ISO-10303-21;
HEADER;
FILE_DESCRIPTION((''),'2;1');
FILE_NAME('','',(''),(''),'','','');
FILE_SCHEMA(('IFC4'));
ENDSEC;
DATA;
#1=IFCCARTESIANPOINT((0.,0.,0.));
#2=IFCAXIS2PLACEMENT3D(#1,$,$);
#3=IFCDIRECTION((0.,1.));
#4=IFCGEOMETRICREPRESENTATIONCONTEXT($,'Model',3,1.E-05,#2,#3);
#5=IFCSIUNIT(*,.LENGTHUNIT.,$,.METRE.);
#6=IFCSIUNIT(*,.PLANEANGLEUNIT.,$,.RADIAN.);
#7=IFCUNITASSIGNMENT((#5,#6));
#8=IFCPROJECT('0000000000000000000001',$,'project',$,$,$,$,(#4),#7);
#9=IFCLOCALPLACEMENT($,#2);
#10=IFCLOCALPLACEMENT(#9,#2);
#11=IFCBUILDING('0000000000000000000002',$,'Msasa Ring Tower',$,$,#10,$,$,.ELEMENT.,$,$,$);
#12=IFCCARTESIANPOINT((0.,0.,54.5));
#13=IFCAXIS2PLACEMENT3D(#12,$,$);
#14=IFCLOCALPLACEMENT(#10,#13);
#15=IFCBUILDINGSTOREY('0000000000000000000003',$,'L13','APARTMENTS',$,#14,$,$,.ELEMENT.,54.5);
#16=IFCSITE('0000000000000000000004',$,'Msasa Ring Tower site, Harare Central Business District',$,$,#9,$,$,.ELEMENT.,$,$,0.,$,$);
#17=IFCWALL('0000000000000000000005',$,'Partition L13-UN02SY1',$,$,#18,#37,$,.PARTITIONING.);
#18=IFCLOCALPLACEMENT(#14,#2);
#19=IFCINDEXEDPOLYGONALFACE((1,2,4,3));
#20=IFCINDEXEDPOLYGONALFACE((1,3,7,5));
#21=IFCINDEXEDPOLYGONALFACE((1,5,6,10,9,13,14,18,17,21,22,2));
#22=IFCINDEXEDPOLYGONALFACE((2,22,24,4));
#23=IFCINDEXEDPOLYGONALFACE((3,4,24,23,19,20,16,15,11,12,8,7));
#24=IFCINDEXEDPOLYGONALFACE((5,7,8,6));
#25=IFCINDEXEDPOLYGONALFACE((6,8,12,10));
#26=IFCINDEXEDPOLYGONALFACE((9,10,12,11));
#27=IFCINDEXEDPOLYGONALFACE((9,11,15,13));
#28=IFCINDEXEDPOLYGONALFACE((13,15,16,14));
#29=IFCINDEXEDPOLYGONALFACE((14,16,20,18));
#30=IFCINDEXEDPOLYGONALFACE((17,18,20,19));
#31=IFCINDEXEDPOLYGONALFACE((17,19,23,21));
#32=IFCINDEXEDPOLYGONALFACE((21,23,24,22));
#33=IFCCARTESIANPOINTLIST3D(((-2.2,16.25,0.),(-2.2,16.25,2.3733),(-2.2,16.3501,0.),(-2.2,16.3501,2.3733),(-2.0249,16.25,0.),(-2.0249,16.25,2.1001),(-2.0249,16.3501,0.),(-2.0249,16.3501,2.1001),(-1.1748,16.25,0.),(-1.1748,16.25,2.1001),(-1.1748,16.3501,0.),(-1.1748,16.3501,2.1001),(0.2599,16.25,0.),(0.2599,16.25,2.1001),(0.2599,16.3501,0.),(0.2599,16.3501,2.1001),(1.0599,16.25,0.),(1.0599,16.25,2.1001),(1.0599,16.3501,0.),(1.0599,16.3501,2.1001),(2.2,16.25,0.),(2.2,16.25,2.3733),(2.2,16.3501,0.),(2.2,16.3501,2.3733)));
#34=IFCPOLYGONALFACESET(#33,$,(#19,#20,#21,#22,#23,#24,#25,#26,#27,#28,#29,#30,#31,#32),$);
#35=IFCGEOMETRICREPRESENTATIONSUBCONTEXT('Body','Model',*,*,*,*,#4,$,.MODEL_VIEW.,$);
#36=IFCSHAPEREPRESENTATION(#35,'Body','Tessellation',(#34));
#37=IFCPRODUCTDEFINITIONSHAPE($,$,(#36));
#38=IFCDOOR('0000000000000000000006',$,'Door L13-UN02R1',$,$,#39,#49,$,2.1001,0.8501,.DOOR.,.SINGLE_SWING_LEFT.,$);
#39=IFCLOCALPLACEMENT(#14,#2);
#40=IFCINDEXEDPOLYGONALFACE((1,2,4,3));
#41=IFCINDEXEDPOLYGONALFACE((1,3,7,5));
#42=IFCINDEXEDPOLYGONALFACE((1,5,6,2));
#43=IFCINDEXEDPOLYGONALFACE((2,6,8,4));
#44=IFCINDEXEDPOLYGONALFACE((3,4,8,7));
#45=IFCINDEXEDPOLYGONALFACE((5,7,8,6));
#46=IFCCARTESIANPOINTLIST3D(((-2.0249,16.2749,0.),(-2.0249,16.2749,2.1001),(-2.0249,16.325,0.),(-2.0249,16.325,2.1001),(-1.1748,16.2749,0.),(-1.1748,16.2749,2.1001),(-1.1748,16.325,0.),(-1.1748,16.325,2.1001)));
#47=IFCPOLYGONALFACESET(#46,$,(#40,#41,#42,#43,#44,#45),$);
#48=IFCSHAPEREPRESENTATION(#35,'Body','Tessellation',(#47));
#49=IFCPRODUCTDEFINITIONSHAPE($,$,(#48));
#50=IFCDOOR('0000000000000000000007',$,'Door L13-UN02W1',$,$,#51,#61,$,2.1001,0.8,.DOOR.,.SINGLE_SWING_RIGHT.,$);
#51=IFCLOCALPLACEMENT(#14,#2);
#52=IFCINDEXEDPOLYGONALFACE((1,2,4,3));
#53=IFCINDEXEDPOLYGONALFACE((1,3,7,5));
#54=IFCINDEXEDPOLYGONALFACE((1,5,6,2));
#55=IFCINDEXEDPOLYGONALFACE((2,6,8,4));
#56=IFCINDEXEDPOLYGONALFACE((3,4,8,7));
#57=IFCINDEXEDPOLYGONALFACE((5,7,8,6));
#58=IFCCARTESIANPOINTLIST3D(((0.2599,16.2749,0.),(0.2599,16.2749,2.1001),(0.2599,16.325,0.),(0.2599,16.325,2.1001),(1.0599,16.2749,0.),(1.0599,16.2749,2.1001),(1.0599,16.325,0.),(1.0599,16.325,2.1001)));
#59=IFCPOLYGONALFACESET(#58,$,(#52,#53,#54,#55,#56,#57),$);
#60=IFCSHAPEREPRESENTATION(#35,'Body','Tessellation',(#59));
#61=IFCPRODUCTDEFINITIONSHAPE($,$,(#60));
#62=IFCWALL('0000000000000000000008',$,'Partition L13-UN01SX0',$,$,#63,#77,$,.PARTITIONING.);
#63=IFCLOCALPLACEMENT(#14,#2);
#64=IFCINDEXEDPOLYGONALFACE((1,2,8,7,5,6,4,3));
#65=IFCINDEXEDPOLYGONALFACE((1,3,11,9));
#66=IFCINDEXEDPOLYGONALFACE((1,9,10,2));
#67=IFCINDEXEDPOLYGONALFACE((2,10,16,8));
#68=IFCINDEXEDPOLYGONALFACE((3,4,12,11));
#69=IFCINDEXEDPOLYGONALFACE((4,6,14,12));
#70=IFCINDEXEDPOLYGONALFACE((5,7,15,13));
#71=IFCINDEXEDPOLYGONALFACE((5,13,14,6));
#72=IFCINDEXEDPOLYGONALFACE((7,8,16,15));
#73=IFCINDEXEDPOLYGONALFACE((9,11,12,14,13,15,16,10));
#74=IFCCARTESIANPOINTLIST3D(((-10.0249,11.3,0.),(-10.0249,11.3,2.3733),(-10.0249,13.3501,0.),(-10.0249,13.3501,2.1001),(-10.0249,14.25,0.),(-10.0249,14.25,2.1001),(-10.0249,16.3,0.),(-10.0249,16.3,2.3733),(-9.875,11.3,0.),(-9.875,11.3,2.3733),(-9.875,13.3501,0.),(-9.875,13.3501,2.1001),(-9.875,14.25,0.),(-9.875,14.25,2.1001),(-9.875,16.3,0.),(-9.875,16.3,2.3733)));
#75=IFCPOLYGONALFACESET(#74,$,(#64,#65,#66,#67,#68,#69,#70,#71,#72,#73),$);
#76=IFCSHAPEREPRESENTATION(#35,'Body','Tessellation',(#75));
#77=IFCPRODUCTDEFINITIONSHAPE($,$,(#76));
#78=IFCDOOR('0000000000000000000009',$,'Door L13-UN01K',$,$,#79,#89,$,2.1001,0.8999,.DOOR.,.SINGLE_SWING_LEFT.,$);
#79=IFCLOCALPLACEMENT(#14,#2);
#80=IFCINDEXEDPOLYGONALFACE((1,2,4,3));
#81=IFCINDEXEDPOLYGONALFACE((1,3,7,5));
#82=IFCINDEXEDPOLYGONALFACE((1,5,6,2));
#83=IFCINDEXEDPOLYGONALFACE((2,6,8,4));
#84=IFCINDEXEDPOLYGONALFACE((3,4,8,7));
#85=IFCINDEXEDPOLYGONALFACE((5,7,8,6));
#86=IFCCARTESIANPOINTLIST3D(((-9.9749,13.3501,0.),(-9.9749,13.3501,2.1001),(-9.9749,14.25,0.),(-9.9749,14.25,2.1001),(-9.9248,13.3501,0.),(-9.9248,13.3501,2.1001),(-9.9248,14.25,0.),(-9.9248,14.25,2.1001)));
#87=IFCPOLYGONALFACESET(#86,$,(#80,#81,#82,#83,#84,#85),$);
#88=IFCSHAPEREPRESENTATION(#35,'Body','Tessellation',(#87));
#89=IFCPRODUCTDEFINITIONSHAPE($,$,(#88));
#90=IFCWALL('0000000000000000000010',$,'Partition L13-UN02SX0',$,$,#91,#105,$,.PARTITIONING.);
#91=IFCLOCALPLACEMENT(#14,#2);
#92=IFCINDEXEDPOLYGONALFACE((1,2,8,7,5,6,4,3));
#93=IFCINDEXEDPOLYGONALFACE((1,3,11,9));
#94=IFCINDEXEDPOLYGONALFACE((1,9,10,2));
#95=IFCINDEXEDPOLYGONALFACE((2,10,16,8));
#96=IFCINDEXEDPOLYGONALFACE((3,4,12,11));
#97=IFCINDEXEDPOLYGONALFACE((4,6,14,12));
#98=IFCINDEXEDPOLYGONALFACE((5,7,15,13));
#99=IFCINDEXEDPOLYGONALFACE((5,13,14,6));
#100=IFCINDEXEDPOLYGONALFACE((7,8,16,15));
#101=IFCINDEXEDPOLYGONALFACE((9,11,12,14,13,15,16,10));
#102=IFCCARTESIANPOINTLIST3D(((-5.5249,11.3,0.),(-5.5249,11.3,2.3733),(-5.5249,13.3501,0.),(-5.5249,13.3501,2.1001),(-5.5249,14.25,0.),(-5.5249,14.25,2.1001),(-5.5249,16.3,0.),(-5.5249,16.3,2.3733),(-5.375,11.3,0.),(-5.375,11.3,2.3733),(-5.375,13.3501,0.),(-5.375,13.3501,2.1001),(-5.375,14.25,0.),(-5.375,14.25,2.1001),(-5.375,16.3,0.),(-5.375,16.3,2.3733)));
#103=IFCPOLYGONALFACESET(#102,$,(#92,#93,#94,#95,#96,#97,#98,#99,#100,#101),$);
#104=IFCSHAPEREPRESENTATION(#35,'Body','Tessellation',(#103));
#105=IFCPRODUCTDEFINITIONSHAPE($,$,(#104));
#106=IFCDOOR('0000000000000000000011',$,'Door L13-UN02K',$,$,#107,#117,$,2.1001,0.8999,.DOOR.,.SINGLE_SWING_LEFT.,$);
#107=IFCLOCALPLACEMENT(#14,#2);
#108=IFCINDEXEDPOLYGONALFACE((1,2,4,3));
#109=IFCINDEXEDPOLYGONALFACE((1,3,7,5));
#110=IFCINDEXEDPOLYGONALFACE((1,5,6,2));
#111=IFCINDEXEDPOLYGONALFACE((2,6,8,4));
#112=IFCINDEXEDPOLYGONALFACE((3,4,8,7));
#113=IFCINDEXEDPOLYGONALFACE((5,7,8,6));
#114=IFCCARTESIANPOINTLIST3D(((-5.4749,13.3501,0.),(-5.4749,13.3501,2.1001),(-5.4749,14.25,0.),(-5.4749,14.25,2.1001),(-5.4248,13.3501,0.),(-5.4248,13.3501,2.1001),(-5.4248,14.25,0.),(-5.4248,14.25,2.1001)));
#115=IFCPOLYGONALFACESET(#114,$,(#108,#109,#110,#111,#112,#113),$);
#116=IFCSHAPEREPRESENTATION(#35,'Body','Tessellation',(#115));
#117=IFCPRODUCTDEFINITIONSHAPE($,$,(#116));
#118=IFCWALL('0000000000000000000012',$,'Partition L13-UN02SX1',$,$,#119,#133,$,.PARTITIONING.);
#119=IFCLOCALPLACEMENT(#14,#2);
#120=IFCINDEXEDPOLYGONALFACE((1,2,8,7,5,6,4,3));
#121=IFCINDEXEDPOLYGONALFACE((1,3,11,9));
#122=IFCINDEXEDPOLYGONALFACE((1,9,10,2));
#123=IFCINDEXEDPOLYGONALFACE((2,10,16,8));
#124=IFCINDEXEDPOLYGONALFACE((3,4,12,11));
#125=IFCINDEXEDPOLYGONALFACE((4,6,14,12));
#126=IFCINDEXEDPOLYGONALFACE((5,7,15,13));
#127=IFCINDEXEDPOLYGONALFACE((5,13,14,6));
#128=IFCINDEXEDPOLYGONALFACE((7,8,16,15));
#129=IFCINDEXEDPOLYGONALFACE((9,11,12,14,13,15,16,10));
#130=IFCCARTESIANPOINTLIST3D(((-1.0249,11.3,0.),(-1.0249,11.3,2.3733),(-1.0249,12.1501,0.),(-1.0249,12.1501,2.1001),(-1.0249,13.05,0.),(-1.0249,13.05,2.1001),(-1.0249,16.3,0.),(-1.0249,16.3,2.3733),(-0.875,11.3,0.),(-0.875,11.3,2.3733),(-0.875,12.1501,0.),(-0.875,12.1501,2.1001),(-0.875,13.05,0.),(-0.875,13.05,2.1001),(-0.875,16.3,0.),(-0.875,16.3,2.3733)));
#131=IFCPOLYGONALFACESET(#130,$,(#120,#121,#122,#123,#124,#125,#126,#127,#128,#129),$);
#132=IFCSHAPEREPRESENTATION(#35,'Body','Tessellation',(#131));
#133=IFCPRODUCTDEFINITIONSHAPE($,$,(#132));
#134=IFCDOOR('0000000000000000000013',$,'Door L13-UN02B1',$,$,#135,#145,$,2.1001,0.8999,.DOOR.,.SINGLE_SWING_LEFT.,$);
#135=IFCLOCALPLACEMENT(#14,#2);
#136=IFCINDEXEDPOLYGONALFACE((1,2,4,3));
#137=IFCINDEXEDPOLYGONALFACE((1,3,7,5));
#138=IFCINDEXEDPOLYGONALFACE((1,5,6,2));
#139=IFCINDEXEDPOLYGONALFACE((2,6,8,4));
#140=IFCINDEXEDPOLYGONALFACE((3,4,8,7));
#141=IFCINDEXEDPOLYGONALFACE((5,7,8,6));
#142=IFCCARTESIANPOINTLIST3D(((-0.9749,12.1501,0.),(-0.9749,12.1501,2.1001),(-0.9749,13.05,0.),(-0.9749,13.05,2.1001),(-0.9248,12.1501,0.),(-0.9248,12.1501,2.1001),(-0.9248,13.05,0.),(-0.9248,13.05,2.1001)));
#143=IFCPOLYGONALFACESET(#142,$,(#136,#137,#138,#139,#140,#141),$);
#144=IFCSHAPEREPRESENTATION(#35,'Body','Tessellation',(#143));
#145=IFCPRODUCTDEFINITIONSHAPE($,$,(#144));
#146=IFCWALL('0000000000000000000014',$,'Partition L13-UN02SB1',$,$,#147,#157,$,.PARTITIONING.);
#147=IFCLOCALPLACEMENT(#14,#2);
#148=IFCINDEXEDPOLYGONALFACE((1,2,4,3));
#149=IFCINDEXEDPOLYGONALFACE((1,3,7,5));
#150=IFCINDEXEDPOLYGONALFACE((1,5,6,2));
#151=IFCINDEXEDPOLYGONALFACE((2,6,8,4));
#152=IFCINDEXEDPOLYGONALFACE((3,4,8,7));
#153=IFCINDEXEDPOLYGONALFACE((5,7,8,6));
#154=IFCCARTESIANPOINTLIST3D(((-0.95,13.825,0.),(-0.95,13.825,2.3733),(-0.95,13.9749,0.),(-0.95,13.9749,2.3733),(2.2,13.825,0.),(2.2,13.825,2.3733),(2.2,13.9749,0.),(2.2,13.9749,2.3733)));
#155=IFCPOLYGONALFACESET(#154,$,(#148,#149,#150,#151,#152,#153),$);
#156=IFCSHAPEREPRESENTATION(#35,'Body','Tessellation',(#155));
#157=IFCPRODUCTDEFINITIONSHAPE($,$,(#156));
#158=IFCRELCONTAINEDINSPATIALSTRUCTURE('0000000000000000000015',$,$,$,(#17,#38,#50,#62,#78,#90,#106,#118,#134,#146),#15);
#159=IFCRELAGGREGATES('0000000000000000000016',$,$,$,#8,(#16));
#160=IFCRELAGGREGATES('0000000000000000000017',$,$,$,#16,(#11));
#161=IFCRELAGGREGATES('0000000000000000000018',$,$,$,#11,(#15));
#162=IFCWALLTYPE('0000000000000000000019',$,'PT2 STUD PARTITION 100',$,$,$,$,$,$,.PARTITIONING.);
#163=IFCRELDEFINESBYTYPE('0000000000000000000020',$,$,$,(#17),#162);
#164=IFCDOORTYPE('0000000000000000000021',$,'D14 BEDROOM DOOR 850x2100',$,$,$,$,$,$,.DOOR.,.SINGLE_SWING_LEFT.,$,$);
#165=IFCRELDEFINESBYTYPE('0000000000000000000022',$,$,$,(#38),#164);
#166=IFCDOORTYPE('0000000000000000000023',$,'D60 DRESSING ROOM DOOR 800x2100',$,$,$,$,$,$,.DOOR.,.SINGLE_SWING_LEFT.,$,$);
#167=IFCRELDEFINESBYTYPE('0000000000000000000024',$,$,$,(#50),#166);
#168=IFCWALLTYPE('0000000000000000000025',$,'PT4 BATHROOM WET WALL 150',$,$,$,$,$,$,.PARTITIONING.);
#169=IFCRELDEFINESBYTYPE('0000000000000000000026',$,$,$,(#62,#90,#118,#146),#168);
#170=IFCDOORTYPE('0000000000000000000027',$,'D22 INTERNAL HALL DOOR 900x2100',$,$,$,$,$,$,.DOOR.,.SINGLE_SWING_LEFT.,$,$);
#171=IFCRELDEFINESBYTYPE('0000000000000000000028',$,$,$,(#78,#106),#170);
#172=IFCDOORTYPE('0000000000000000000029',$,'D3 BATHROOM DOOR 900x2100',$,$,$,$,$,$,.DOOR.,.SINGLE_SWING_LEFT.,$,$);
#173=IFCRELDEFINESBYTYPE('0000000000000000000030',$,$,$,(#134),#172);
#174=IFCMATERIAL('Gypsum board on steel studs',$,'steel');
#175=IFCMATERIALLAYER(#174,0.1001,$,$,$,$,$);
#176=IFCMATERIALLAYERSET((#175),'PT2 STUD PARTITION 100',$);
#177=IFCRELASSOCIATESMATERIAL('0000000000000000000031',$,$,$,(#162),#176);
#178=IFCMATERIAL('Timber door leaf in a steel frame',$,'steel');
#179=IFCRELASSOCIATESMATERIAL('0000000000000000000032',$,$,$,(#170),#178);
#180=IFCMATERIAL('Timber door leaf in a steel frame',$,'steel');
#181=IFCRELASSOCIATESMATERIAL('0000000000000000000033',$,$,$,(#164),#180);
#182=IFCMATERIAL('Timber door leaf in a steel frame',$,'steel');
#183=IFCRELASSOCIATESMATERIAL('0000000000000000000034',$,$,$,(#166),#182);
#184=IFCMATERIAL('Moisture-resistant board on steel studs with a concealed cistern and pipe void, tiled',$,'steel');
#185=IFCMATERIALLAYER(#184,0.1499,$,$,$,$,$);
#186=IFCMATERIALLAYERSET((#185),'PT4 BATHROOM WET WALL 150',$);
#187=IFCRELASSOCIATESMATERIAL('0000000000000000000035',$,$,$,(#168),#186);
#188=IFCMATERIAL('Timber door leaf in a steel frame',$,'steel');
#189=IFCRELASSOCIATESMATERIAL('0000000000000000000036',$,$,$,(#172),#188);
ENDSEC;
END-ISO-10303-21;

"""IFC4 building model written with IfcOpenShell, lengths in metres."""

from ifc_helpers import new_model, si_unit, direction, frame, frame_2d, origin, place, context, subcontext, project, spatial, rectangle, extrude, material, layer, layer_set, type_object, element, fill, save


model = new_model("IFC4")

# Units and contexts
model_context = context("Model", 3, precision=1e-05, world=origin(), true_north=direction((0.0, 1.0)))
body_context = subcontext(model_context, "Body", "Model", "MODEL_VIEW")
ifc_project = project(units=[si_unit("LENGTHUNIT", "METRE"), si_unit("PLANEANGLEUNIT", "RADIAN")], contexts=[model_context])

# Site, building, storey
site_placement = place(None, origin())
site = spatial("IfcSite", under=ifc_project, at=site_placement, Name="Msasa Ring Tower site, Harare Central Business District", CompositionType="ELEMENT", RefElevation=0.0)
building_placement = place(site_placement, origin())
building = spatial("IfcBuilding", under=site, at=building_placement, Name="Msasa Ring Tower", CompositionType="ELEMENT")
storey_placement = place(building_placement, frame((0.0, 0.0, 54.5)))
storey = spatial("IfcBuildingStorey", under=building, at=storey_placement, Name="L13", Description="APARTMENTS", CompositionType="ELEMENT", Elevation=54.5)

# Shared definitions
ifc_material_1 = material(Name="Gypsum board on steel studs", Category="steel")
ifc_layer_1 = layer(ifc_material_1, 0.1001)
ifc_layer_set_1 = layer_set([ifc_layer_1], Name="PT2 STUD PARTITION 100")
wall_type_1 = type_object("IfcWallType", Name="PT2 STUD PARTITION 100", PredefinedType="PARTITIONING", material=ifc_layer_set_1)
ifc_material_2 = material(Name="Timber door leaf in a steel frame", Category="steel")
door_type_1 = type_object("IfcDoorType", Name="D22 INTERNAL HALL DOOR 900x2100", OperationType="SINGLE_SWING_LEFT", PredefinedType="DOOR", material=ifc_material_2)

# Wall, openings, doors
wall_1_placement = place(storey_placement, frame((-2.2, 16.3, 0.0), z_axis=(0.0, 0.0, 1.0), x_axis=(1.0, 0.0, 0.0)))
wall_1 = element("IfcWall", 1, at=wall_1_placement, inside=storey, type_object=wall_type_1, Name="Partition L13-UN02SY1", PredefinedType="PARTITIONING", context=body_context, shape_type="SweptSolid", body=[
    extrude(rectangle(XDim=4.3999, YDim=0.1001, at=frame_2d((2.2, 0.0))), origin(), (0.0, 0.0, 1.0), 2.3733),
])
opening_1_placement = place(wall_1_placement, frame((0.175, 0.0, 0.0)))
opening_1 = element("IfcOpeningElement", 2, at=opening_1_placement, cuts=wall_1, PredefinedType="OPENING", context=body_context, shape_type="SweptSolid", body=[
    extrude(rectangle(XDim=0.8501, YDim=2.1001, at=frame_2d((0.425, 1.05))), frame((0.0, 0.0601, 0.0), z_axis=(0.0, -1.0, 0.0), x_axis=(1.0, 0.0, 0.0)), (0.0, 0.0, 1.0), 0.1201),
])
opening_2_placement = place(wall_1_placement, frame((2.46, 0.0, 0.0)))
opening_2 = element("IfcOpeningElement", 3, at=opening_2_placement, cuts=wall_1, PredefinedType="OPENING", context=body_context, shape_type="SweptSolid", body=[
    extrude(rectangle(XDim=0.8, YDim=2.1001, at=frame_2d((0.3999, 1.05))), frame((0.0, 0.0601, 0.0), z_axis=(0.0, -1.0, 0.0), x_axis=(1.0, 0.0, 0.0)), (0.0, 0.0, 1.0), 0.1201),
])
ifc_material_3 = material(Name="Timber door leaf in a steel frame", Category="steel")
door_type_2 = type_object("IfcDoorType", Name="D14 BEDROOM DOOR 850x2100", OperationType="SINGLE_SWING_LEFT", PredefinedType="DOOR", material=ifc_material_3)
door_1_placement = place(opening_1_placement, origin())
door_1 = element("IfcDoor", 4, at=door_1_placement, inside=storey, type_object=door_type_2, Name="Door L13-UN02R1", OperationType="SINGLE_SWING_LEFT", OverallHeight=2.1001, OverallWidth=0.8501, PredefinedType="DOOR", context=body_context, shape_type="SweptSolid", body=[
    extrude(rectangle(XDim=0.8501, YDim=2.1001, at=frame_2d((0.425, 1.05))), frame((0.0, 0.0249, 0.0), z_axis=(0.0, -1.0, 0.0), x_axis=(1.0, 0.0, 0.0)), (0.0, 0.0, 1.0), 0.05),
])
fill(opening_1, door_1)
ifc_material_4 = material(Name="Timber door leaf in a steel frame", Category="steel")
door_type_3 = type_object("IfcDoorType", Name="D60 DRESSING ROOM DOOR 800x2100", OperationType="SINGLE_SWING_LEFT", PredefinedType="DOOR", material=ifc_material_4)
door_2_placement = place(opening_2_placement, origin())
door_2 = element("IfcDoor", 5, at=door_2_placement, inside=storey, type_object=door_type_3, Name="Door L13-UN02W1", OperationType="SINGLE_SWING_RIGHT", OverallHeight=2.1001, OverallWidth=0.8, PredefinedType="DOOR", context=body_context, shape_type="SweptSolid", body=[
    extrude(rectangle(XDim=0.8, YDim=2.1001, at=frame_2d((0.3999, 1.05))), frame((0.0, 0.0249, 0.0), z_axis=(0.0, -1.0, 0.0), x_axis=(1.0, 0.0, 0.0)), (0.0, 0.0, 1.0), 0.05),
])
fill(opening_2, door_2)

# Walls, openings, doors
ifc_material_5 = material(Name="Moisture-resistant board on steel studs with a concealed cistern and pipe void, tiled", Category="steel")
ifc_layer_2 = layer(ifc_material_5, 0.1499)
ifc_layer_set_2 = layer_set([ifc_layer_2], Name="PT4 BATHROOM WET WALL 150")
wall_type_2 = type_object("IfcWallType", Name="PT4 BATHROOM WET WALL 150", PredefinedType="PARTITIONING", material=ifc_layer_set_2)
wall_2_placement = place(storey_placement, frame((-9.95, 11.3, 0.0), z_axis=(0.0, 0.0, 1.0), x_axis=(0.0, 1.0, 0.0)))
wall_2 = element("IfcWall", 6, at=wall_2_placement, inside=storey, type_object=wall_type_2, Name="Partition L13-UN01SX0", PredefinedType="PARTITIONING", context=body_context, shape_type="SweptSolid", body=[
    extrude(rectangle(XDim=5.0, YDim=0.1499, at=frame_2d((2.5, 0.0))), origin(), (0.0, 0.0, 1.0), 2.3733),
])
opening_3_placement = place(wall_2_placement, frame((2.05, 0.0, 0.0)))
opening_3 = element("IfcOpeningElement", 7, at=opening_3_placement, cuts=wall_2, PredefinedType="OPENING", context=body_context, shape_type="SweptSolid", body=[
    extrude(rectangle(XDim=0.8999, YDim=2.1001, at=frame_2d((0.45, 1.05))), frame((0.0, 0.085, 0.0), z_axis=(0.0, -1.0, 0.0), x_axis=(1.0, 0.0, 0.0)), (0.0, 0.0, 1.0), 0.1699),
])
door_3_placement = place(opening_3_placement, origin())
door_3 = element("IfcDoor", 8, at=door_3_placement, inside=storey, type_object=door_type_1, Name="Door L13-UN01K", OperationType="SINGLE_SWING_LEFT", OverallHeight=2.1001, OverallWidth=0.8999, PredefinedType="DOOR", context=body_context, shape_type="SweptSolid", body=[
    extrude(rectangle(XDim=0.8999, YDim=2.1001, at=frame_2d((0.45, 1.05))), frame((0.0, 0.0249, 0.0), z_axis=(0.0, -1.0, 0.0), x_axis=(1.0, 0.0, 0.0)), (0.0, 0.0, 1.0), 0.05),
])
fill(opening_3, door_3)
wall_3_placement = place(storey_placement, frame((-5.45, 11.3, 0.0), z_axis=(0.0, 0.0, 1.0), x_axis=(0.0, 1.0, 0.0)))
wall_3 = element("IfcWall", 9, at=wall_3_placement, inside=storey, type_object=wall_type_2, Name="Partition L13-UN02SX0", PredefinedType="PARTITIONING", context=body_context, shape_type="SweptSolid", body=[
    extrude(rectangle(XDim=5.0, YDim=0.1499, at=frame_2d((2.5, 0.0))), origin(), (0.0, 0.0, 1.0), 2.3733),
])
opening_4_placement = place(wall_3_placement, frame((2.05, 0.0, 0.0)))
opening_4 = element("IfcOpeningElement", 10, at=opening_4_placement, cuts=wall_3, PredefinedType="OPENING", context=body_context, shape_type="SweptSolid", body=[
    extrude(rectangle(XDim=0.8999, YDim=2.1001, at=frame_2d((0.45, 1.05))), frame((0.0, 0.085, 0.0), z_axis=(0.0, -1.0, 0.0), x_axis=(1.0, 0.0, 0.0)), (0.0, 0.0, 1.0), 0.1699),
])
door_4_placement = place(opening_4_placement, origin())
door_4 = element("IfcDoor", 11, at=door_4_placement, inside=storey, type_object=door_type_1, Name="Door L13-UN02K", OperationType="SINGLE_SWING_LEFT", OverallHeight=2.1001, OverallWidth=0.8999, PredefinedType="DOOR", context=body_context, shape_type="SweptSolid", body=[
    extrude(rectangle(XDim=0.8999, YDim=2.1001, at=frame_2d((0.45, 1.05))), frame((0.0, 0.0249, 0.0), z_axis=(0.0, -1.0, 0.0), x_axis=(1.0, 0.0, 0.0)), (0.0, 0.0, 1.0), 0.05),
])
fill(opening_4, door_4)
wall_4_placement = place(storey_placement, frame((-0.95, 11.3, 0.0), z_axis=(0.0, 0.0, 1.0), x_axis=(0.0, 1.0, 0.0)))
wall_4 = element("IfcWall", 12, at=wall_4_placement, inside=storey, type_object=wall_type_2, Name="Partition L13-UN02SX1", PredefinedType="PARTITIONING", context=body_context, shape_type="SweptSolid", body=[
    extrude(rectangle(XDim=5.0, YDim=0.1499, at=frame_2d((2.5, 0.0))), origin(), (0.0, 0.0, 1.0), 2.3733),
])
opening_5_placement = place(wall_4_placement, frame((0.8501, 0.0, 0.0)))
opening_5 = element("IfcOpeningElement", 13, at=opening_5_placement, cuts=wall_4, PredefinedType="OPENING", context=body_context, shape_type="SweptSolid", body=[
    extrude(rectangle(XDim=0.8999, YDim=2.1001, at=frame_2d((0.45, 1.05))), frame((0.0, 0.085, 0.0), z_axis=(0.0, -1.0, 0.0), x_axis=(1.0, 0.0, 0.0)), (0.0, 0.0, 1.0), 0.1699),
])
ifc_material_6 = material(Name="Timber door leaf in a steel frame", Category="steel")
door_type_4 = type_object("IfcDoorType", Name="D3 BATHROOM DOOR 900x2100", OperationType="SINGLE_SWING_LEFT", PredefinedType="DOOR", material=ifc_material_6)
door_5_placement = place(opening_5_placement, origin())
door_5 = element("IfcDoor", 14, at=door_5_placement, inside=storey, type_object=door_type_4, Name="Door L13-UN02B1", OperationType="SINGLE_SWING_LEFT", OverallHeight=2.1001, OverallWidth=0.8999, PredefinedType="DOOR", context=body_context, shape_type="SweptSolid", body=[
    extrude(rectangle(XDim=0.8999, YDim=2.1001, at=frame_2d((0.45, 1.05))), frame((0.0, 0.0249, 0.0), z_axis=(0.0, -1.0, 0.0), x_axis=(1.0, 0.0, 0.0)), (0.0, 0.0, 1.0), 0.05),
])
fill(opening_5, door_5)

# Wall
wall_5_placement = place(storey_placement, frame((-0.95, 13.8999, 0.0), z_axis=(0.0, 0.0, 1.0), x_axis=(1.0, 0.0, 0.0)))
element("IfcWall", 15, at=wall_5_placement, inside=storey, type_object=wall_type_2, Name="Partition L13-UN02SB1", PredefinedType="PARTITIONING", context=body_context, shape_type="SweptSolid", body=[
    extrude(rectangle(XDim=3.1499, YDim=0.1499, at=frame_2d((1.575, 0.0))), origin(), (0.0, 0.0, 1.0), 2.3733),
])

save(model, "model.ifc")
